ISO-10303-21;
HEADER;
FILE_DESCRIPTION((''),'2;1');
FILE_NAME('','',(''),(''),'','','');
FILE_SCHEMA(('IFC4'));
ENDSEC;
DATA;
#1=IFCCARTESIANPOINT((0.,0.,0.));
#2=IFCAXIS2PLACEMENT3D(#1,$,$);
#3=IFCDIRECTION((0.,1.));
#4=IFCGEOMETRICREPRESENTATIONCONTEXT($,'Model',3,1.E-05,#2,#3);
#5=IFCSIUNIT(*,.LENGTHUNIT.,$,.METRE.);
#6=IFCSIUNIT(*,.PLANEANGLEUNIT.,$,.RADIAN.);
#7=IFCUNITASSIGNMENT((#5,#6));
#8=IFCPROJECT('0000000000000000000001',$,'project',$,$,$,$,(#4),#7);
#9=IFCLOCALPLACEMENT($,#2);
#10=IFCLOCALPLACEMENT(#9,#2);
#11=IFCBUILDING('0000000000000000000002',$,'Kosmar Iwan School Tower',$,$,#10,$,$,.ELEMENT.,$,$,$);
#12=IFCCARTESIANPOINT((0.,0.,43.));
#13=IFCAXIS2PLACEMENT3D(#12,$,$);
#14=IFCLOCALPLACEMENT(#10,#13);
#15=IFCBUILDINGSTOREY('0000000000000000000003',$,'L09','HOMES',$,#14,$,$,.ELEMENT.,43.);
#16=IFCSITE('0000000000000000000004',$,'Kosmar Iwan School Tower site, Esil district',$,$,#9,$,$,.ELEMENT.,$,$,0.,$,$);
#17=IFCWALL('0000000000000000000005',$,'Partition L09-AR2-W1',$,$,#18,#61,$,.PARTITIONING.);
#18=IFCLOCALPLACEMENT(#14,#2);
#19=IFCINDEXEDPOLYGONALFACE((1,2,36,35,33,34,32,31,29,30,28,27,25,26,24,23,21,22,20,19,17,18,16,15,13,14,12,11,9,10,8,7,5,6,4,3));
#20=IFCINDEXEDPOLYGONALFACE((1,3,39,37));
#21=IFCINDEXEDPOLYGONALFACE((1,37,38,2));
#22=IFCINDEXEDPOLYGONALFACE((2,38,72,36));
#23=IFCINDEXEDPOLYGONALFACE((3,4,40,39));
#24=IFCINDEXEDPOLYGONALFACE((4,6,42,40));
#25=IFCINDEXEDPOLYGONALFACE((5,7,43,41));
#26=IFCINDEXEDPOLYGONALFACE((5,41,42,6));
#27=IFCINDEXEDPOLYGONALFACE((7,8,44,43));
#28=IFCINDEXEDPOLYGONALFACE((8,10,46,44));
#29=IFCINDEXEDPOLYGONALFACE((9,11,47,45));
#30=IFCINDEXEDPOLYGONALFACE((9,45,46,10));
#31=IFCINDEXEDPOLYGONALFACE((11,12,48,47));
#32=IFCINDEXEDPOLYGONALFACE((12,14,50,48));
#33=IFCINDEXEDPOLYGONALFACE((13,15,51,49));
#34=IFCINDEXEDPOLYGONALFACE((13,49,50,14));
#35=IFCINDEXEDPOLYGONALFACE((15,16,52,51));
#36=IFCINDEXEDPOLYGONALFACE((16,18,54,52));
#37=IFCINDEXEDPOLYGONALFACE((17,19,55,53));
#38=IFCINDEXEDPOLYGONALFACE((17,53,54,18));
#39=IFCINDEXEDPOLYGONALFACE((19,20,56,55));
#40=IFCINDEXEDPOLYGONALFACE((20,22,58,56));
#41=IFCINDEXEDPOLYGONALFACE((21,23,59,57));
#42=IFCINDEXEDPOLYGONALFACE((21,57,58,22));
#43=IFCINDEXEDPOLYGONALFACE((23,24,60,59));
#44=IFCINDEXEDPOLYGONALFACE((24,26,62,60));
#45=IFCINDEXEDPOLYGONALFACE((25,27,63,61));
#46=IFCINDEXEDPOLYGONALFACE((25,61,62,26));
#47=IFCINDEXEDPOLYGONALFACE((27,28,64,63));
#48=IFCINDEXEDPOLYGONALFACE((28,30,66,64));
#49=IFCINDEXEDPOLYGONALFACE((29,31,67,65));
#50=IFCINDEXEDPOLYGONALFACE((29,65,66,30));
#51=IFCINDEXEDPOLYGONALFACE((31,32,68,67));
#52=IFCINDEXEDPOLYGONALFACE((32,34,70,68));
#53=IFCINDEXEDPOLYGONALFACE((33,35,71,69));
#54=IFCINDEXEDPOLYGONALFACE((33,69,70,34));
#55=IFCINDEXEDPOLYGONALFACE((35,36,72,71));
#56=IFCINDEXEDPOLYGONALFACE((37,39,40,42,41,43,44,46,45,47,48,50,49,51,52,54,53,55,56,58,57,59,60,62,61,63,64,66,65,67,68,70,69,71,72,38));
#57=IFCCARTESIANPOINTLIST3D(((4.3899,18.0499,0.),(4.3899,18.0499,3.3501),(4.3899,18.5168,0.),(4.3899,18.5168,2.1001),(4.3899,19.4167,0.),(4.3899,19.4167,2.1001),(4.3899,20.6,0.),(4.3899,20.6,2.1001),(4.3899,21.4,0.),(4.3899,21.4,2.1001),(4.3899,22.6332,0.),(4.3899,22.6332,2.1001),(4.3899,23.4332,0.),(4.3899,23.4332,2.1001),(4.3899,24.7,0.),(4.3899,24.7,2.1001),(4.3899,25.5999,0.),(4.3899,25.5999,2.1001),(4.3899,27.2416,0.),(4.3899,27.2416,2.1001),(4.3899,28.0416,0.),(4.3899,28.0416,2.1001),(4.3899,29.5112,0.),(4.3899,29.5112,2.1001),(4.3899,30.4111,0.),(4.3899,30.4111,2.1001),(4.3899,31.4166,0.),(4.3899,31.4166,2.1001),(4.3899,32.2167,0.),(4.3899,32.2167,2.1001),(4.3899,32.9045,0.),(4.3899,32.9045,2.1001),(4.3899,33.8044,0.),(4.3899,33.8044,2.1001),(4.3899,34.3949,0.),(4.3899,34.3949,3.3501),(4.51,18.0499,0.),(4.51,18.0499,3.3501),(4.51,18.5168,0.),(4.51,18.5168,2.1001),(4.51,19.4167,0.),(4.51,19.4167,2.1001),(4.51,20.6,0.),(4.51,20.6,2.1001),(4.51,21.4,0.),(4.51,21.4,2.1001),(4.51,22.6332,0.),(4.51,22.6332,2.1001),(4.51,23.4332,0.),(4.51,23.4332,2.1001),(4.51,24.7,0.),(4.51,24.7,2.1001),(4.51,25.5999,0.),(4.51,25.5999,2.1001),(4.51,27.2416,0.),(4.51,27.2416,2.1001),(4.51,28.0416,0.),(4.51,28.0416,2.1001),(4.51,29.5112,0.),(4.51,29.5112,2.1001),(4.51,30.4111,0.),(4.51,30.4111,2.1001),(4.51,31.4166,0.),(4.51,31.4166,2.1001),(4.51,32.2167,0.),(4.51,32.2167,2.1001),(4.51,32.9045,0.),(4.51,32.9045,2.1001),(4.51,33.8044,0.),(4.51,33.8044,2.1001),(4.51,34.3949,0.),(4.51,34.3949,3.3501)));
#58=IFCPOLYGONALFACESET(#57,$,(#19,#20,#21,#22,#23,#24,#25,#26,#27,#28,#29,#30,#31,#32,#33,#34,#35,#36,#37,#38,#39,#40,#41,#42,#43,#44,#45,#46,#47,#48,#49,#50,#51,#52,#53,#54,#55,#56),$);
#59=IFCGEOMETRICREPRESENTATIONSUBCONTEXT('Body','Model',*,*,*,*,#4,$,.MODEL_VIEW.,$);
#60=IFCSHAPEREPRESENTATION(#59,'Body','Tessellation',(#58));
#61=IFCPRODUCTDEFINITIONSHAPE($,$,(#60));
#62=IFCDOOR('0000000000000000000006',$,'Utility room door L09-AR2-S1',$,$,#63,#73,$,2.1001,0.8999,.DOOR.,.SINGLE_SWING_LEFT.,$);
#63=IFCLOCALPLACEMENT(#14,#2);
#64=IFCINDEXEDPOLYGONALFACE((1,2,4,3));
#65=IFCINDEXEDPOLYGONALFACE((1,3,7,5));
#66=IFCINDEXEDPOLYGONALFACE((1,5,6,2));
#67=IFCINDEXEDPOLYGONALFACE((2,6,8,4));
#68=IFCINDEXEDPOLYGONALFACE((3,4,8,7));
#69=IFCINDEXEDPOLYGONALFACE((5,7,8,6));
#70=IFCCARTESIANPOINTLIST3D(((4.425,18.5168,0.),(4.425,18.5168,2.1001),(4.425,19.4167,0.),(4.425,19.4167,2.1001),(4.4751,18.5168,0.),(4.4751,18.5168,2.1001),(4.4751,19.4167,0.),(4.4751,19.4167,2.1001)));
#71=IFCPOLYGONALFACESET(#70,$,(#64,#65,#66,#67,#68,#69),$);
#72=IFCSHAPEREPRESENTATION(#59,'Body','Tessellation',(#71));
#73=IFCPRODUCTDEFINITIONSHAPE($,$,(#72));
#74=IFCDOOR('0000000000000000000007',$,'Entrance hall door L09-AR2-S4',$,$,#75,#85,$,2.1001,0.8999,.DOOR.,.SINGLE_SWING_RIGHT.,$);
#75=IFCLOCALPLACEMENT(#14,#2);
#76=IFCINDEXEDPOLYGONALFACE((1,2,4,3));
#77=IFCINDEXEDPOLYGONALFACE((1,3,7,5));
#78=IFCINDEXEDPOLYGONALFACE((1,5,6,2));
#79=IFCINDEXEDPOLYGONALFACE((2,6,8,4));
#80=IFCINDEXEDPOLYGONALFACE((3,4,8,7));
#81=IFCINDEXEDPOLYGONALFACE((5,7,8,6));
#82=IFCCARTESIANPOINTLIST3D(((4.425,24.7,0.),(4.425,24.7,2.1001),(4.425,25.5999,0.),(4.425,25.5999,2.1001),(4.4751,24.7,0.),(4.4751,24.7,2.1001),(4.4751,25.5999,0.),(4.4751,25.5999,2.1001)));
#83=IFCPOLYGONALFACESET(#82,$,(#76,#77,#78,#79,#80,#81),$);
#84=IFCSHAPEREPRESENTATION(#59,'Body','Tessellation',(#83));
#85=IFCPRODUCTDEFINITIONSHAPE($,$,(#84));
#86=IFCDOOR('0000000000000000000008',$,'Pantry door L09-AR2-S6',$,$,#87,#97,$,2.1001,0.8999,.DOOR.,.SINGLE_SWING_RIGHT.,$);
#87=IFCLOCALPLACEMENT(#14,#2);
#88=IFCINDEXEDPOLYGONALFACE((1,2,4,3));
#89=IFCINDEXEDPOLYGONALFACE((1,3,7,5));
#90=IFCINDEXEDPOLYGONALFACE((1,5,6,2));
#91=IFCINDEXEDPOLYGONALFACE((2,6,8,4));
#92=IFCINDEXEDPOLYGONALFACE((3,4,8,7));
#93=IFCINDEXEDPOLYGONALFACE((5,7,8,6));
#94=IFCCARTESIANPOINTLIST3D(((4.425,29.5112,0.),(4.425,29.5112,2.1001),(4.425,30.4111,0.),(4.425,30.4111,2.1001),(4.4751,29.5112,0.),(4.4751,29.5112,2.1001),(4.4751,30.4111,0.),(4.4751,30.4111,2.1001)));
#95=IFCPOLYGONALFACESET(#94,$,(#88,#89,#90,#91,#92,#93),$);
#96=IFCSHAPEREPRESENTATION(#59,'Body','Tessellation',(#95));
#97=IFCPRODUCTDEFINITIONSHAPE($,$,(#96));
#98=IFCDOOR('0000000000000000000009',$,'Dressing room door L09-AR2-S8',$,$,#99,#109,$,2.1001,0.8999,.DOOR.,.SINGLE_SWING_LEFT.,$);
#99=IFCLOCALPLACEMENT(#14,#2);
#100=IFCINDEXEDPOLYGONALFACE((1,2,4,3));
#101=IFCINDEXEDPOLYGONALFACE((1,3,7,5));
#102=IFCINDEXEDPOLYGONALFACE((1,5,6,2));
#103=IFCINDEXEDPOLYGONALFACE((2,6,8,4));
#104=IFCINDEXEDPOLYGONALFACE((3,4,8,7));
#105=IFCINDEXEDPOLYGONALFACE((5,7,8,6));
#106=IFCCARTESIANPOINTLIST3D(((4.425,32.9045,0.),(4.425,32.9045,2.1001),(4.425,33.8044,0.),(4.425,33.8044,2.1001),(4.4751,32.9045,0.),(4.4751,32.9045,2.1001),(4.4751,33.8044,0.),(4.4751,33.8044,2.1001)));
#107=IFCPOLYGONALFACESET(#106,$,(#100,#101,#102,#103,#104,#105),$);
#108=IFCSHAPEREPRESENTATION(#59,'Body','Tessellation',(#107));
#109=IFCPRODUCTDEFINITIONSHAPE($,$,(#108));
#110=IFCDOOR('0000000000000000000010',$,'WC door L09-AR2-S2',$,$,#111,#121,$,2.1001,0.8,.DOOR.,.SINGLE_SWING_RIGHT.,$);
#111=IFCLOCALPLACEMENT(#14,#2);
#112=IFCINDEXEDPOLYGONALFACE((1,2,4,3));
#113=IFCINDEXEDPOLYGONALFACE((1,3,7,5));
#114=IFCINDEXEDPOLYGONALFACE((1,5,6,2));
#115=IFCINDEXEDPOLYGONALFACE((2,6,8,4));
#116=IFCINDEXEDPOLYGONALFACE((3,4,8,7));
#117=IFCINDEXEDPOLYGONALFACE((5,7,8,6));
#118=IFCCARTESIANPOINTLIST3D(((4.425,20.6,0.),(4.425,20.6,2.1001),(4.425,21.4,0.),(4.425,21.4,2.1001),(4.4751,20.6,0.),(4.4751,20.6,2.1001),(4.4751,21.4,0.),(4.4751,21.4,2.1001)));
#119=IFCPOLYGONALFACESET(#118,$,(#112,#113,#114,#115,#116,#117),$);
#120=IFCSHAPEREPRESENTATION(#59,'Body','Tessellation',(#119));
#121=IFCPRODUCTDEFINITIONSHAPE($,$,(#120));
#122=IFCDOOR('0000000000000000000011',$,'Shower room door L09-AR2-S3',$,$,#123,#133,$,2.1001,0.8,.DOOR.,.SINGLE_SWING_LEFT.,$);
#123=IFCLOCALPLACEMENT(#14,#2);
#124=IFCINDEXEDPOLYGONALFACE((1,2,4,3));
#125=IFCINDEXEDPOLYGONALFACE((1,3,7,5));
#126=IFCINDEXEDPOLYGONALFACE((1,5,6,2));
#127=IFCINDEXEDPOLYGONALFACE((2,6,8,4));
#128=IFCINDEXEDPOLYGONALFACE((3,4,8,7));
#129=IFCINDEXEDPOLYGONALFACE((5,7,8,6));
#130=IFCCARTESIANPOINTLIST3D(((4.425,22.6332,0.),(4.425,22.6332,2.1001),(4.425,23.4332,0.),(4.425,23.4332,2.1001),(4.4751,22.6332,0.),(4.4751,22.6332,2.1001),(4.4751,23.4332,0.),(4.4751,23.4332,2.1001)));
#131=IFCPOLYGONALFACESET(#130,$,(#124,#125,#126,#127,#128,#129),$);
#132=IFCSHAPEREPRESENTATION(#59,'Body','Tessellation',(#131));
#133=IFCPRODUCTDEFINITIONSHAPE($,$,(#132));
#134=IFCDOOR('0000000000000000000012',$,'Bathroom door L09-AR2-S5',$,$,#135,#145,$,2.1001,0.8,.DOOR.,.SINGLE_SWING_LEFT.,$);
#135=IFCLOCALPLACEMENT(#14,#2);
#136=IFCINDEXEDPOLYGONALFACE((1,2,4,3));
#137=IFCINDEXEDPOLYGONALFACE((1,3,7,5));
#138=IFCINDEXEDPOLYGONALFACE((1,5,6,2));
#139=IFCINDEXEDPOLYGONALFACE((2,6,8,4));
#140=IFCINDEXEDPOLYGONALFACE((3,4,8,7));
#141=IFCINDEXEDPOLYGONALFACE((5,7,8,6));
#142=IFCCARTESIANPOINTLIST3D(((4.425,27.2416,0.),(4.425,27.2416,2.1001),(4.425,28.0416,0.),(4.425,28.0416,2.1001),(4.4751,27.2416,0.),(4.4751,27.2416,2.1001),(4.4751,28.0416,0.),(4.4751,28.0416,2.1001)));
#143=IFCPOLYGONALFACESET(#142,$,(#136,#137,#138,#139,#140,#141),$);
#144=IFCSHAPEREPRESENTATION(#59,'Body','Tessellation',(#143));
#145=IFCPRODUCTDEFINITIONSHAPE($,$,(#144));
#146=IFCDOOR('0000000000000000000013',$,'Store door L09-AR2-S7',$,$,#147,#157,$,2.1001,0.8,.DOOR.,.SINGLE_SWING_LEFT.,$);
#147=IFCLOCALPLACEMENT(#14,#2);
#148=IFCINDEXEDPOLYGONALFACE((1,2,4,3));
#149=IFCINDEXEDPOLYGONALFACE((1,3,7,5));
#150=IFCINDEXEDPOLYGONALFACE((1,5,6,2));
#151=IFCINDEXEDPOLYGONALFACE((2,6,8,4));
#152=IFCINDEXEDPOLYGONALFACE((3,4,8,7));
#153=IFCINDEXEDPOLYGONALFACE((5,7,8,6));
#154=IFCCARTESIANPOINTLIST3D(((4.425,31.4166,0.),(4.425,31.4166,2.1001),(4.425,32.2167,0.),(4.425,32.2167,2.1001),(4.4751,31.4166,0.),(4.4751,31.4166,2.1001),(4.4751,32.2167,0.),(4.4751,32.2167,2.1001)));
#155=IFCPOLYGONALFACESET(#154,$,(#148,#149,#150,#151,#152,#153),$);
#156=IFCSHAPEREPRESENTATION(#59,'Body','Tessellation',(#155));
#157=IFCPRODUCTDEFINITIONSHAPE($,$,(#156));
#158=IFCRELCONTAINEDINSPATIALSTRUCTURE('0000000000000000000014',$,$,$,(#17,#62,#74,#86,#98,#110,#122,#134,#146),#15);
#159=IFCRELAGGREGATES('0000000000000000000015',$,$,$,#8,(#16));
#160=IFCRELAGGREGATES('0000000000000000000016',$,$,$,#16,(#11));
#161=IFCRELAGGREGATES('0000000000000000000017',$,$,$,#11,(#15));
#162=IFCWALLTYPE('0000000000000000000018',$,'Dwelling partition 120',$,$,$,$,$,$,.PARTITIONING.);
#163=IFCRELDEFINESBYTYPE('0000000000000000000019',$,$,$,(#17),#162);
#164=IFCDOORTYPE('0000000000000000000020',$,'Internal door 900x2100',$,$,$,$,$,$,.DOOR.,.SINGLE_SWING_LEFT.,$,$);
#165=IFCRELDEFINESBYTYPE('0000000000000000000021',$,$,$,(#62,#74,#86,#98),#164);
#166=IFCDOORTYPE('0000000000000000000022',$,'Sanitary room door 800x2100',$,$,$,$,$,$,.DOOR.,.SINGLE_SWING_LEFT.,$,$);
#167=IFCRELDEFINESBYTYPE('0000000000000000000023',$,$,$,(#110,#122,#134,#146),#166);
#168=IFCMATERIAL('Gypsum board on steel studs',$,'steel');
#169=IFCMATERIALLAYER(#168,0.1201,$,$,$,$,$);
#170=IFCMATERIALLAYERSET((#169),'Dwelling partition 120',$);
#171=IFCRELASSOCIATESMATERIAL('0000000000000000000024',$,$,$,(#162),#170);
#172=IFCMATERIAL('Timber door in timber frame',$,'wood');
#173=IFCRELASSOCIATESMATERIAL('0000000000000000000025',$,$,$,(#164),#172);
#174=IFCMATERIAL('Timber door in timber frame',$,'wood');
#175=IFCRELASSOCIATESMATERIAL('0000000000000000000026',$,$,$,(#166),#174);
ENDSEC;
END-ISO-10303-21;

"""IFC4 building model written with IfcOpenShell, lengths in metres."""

from ifc_helpers import new_model, si_unit, direction, frame, frame_2d, origin, place, context, subcontext, project, spatial, rectangle, extrude, material, layer, layer_set, type_object, element, fill, save


model = new_model("IFC4")

# Units and contexts
model_context = context("Model", 3, precision=1e-05, world=origin(), true_north=direction((0.0, 1.0)))
body_context = subcontext(model_context, "Body", "Model", "MODEL_VIEW")
ifc_project = project(units=[si_unit("LENGTHUNIT", "METRE"), si_unit("PLANEANGLEUNIT", "RADIAN")], contexts=[model_context])

# Site, building, storey
site_placement = place(None, origin())
site = spatial("IfcSite", under=ifc_project, at=site_placement, Name="Kosmar Iwan School Tower site, Esil district", CompositionType="ELEMENT", RefElevation=0.0)
building_placement = place(site_placement, origin())
building = spatial("IfcBuilding", under=site, at=building_placement, Name="Kosmar Iwan School Tower", CompositionType="ELEMENT")
storey_placement = place(building_placement, frame((0.0, 0.0, 43.0)))
storey = spatial("IfcBuildingStorey", under=building, at=storey_placement, Name="L09", Description="HOMES", CompositionType="ELEMENT", Elevation=43.0)

# Shared definitions
ifc_material_1 = material(Name="Gypsum board on steel studs", Category="steel")
ifc_layer_1 = layer(ifc_material_1, 0.1201)
ifc_layer_set_1 = layer_set([ifc_layer_1], Name="Dwelling partition 120")
wall_type_1 = type_object("IfcWallType", Name="Dwelling partition 120", PredefinedType="PARTITIONING", material=ifc_layer_set_1)

# Wall, openings, doors
wall_1_placement = place(storey_placement, frame((4.45, 18.05, 0.0), z_axis=(0.0, 0.0, 1.0), x_axis=(0.0, 1.0, 0.0)))
wall_1 = element("IfcWall", 1, at=wall_1_placement, inside=storey, type_object=wall_type_1, Name="Partition L09-AR2-W1", PredefinedType="PARTITIONING", context=body_context, shape_type="SweptSolid", body=[
    extrude(rectangle(XDim=16.345, YDim=0.1201, at=frame_2d((8.1724, 0.0))), origin(), (0.0, 0.0, 1.0), 3.3501),
])
opening_1_placement = place(wall_1_placement, frame((0.4668, 0.0, 0.0)))
opening_1 = element("IfcOpeningElement", 2, at=opening_1_placement, cuts=wall_1, PredefinedType="OPENING", context=body_context, shape_type="SweptSolid", body=[
    extrude(rectangle(XDim=0.8999, YDim=2.1001, at=frame_2d((0.45, 1.05))), frame((0.0, 0.072, 0.0), z_axis=(0.0, -1.0, 0.0), x_axis=(1.0, 0.0, 0.0)), (0.0, 0.0, 1.0), 0.144),
])
opening_2_placement = place(wall_1_placement, frame((2.55, 0.0, 0.0)))
opening_2 = element("IfcOpeningElement", 3, at=opening_2_placement, cuts=wall_1, PredefinedType="OPENING", context=body_context, shape_type="SweptSolid", body=[
    extrude(rectangle(XDim=0.8, YDim=2.1001, at=frame_2d((0.3999, 1.05))), frame((0.0, 0.072, 0.0), z_axis=(0.0, -1.0, 0.0), x_axis=(1.0, 0.0, 0.0)), (0.0, 0.0, 1.0), 0.144),
])
opening_3_placement = place(wall_1_placement, frame((4.5833, 0.0, 0.0)))
opening_3 = element("IfcOpeningElement", 4, at=opening_3_placement, cuts=wall_1, PredefinedType="OPENING", context=body_context, shape_type="SweptSolid", body=[
    extrude(rectangle(XDim=0.8, YDim=2.1001, at=frame_2d((0.3999, 1.05))), frame((0.0, 0.072, 0.0), z_axis=(0.0, -1.0, 0.0), x_axis=(1.0, 0.0, 0.0)), (0.0, 0.0, 1.0), 0.144),
])
opening_4_placement = place(wall_1_placement, frame((6.6499, 0.0, 0.0)))
opening_4 = element("IfcOpeningElement", 5, at=opening_4_placement, cuts=wall_1, PredefinedType="OPENING", context=body_context, shape_type="SweptSolid", body=[
    extrude(rectangle(XDim=0.8999, YDim=2.1001, at=frame_2d((0.45, 1.05))), frame((0.0, 0.072, 0.0), z_axis=(0.0, -1.0, 0.0), x_axis=(1.0, 0.0, 0.0)), (0.0, 0.0, 1.0), 0.144),
])
opening_5_placement = place(wall_1_placement, frame((9.1917, 0.0, 0.0)))
opening_5 = element("IfcOpeningElement", 6, at=opening_5_placement, cuts=wall_1, PredefinedType="OPENING", context=body_context, shape_type="SweptSolid", body=[
    extrude(rectangle(XDim=0.8, YDim=2.1001, at=frame_2d((0.3999, 1.05))), frame((0.0, 0.072, 0.0), z_axis=(0.0, -1.0, 0.0), x_axis=(1.0, 0.0, 0.0)), (0.0, 0.0, 1.0), 0.144),
])
opening_6_placement = place(wall_1_placement, frame((11.4612, 0.0, 0.0)))
opening_6 = element("IfcOpeningElement", 7, at=opening_6_placement, cuts=wall_1, PredefinedType="OPENING", context=body_context, shape_type="SweptSolid", body=[
    extrude(rectangle(XDim=0.8999, YDim=2.1001, at=frame_2d((0.45, 1.05))), frame((0.0, 0.072, 0.0), z_axis=(0.0, -1.0, 0.0), x_axis=(1.0, 0.0, 0.0)), (0.0, 0.0, 1.0), 0.144),
])
opening_7_placement = place(wall_1_placement, frame((13.3667, 0.0, 0.0)))
opening_7 = element("IfcOpeningElement", 8, at=opening_7_placement, cuts=wall_1, PredefinedType="OPENING", context=body_context, shape_type="SweptSolid", body=[
    extrude(rectangle(XDim=0.8, YDim=2.1001, at=frame_2d((0.3999, 1.05))), frame((0.0, 0.072, 0.0), z_axis=(0.0, -1.0, 0.0), x_axis=(1.0, 0.0, 0.0)), (0.0, 0.0, 1.0), 0.144),
])
opening_8_placement = place(wall_1_placement, frame((14.8545, 0.0, 0.0)))
opening_8 = element("IfcOpeningElement", 9, at=opening_8_placement, cuts=wall_1, PredefinedType="OPENING", context=body_context, shape_type="SweptSolid", body=[
    extrude(rectangle(XDim=0.8999, YDim=2.1001, at=frame_2d((0.45, 1.05))), frame((0.0, 0.072, 0.0), z_axis=(0.0, -1.0, 0.0), x_axis=(1.0, 0.0, 0.0)), (0.0, 0.0, 1.0), 0.144),
])
ifc_material_2 = material(Name="Timber door in timber frame", Category="wood")
door_type_1 = type_object("IfcDoorType", Name="Internal door 900x2100", OperationType="SINGLE_SWING_LEFT", PredefinedType="DOOR", material=ifc_material_2)
door_1_placement = place(opening_1_placement, origin())
door_1 = element("IfcDoor", 10, at=door_1_placement, inside=storey, type_object=door_type_1, Name="Utility room door L09-AR2-S1", OperationType="SINGLE_SWING_LEFT", OverallHeight=2.1001, OverallWidth=0.8999, PredefinedType="DOOR", context=body_context, shape_type="SweptSolid", body=[
    extrude(rectangle(XDim=0.8999, YDim=2.1001, at=frame_2d((0.45, 1.05))), frame((0.0, 0.0249, 0.0), z_axis=(0.0, -1.0, 0.0), x_axis=(1.0, 0.0, 0.0)), (0.0, 0.0, 1.0), 0.05),
])
fill(opening_1, door_1)
door_2_placement = place(opening_4_placement, origin())
door_2 = element("IfcDoor", 11, at=door_2_placement, inside=storey, type_object=door_type_1, Name="Entrance hall door L09-AR2-S4", OperationType="SINGLE_SWING_RIGHT", OverallHeight=2.1001, OverallWidth=0.8999, PredefinedType="DOOR", context=body_context, shape_type="SweptSolid", body=[
    extrude(rectangle(XDim=0.8999, YDim=2.1001, at=frame_2d((0.45, 1.05))), frame((0.0, 0.0249, 0.0), z_axis=(0.0, -1.0, 0.0), x_axis=(1.0, 0.0, 0.0)), (0.0, 0.0, 1.0), 0.05),
])
fill(opening_4, door_2)
door_3_placement = place(opening_6_placement, origin())
door_3 = element("IfcDoor", 12, at=door_3_placement, inside=storey, type_object=door_type_1, Name="Pantry door L09-AR2-S6", OperationType="SINGLE_SWING_RIGHT", OverallHeight=2.1001, OverallWidth=0.8999, PredefinedType="DOOR", context=body_context, shape_type="SweptSolid", body=[
    extrude(rectangle(XDim=0.8999, YDim=2.1001, at=frame_2d((0.45, 1.05))), frame((0.0, 0.0249, 0.0), z_axis=(0.0, -1.0, 0.0), x_axis=(1.0, 0.0, 0.0)), (0.0, 0.0, 1.0), 0.05),
])
fill(opening_6, door_3)
door_4_placement = place(opening_8_placement, origin())
door_4 = element("IfcDoor", 13, at=door_4_placement, inside=storey, type_object=door_type_1, Name="Dressing room door L09-AR2-S8", OperationType="SINGLE_SWING_LEFT", OverallHeight=2.1001, OverallWidth=0.8999, PredefinedType="DOOR", context=body_context, shape_type="SweptSolid", body=[
    extrude(rectangle(XDim=0.8999, YDim=2.1001, at=frame_2d((0.45, 1.05))), frame((0.0, 0.0249, 0.0), z_axis=(0.0, -1.0, 0.0), x_axis=(1.0, 0.0, 0.0)), (0.0, 0.0, 1.0), 0.05),
])
fill(opening_8, door_4)
ifc_material_3 = material(Name="Timber door in timber frame", Category="wood")
door_type_2 = type_object("IfcDoorType", Name="Sanitary room door 800x2100", OperationType="SINGLE_SWING_LEFT", PredefinedType="DOOR", material=ifc_material_3)
door_5_placement = place(opening_2_placement, origin())
door_5 = element("IfcDoor", 14, at=door_5_placement, inside=storey, type_object=door_type_2, Name="WC door L09-AR2-S2", OperationType="SINGLE_SWING_RIGHT", OverallHeight=2.1001, OverallWidth=0.8, PredefinedType="DOOR", context=body_context, shape_type="SweptSolid", body=[
    extrude(rectangle(XDim=0.8, YDim=2.1001, at=frame_2d((0.3999, 1.05))), frame((0.0, 0.0249, 0.0), z_axis=(0.0, -1.0, 0.0), x_axis=(1.0, 0.0, 0.0)), (0.0, 0.0, 1.0), 0.05),
])
fill(opening_2, door_5)
door_6_placement = place(opening_3_placement, origin())
door_6 = element("IfcDoor", 15, at=door_6_placement, inside=storey, type_object=door_type_2, Name="Shower room door L09-AR2-S3", OperationType="SINGLE_SWING_LEFT", OverallHeight=2.1001, OverallWidth=0.8, PredefinedType="DOOR", context=body_context, shape_type="SweptSolid", body=[
    extrude(rectangle(XDim=0.8, YDim=2.1001, at=frame_2d((0.3999, 1.05))), frame((0.0, 0.0249, 0.0), z_axis=(0.0, -1.0, 0.0), x_axis=(1.0, 0.0, 0.0)), (0.0, 0.0, 1.0), 0.05),
])
fill(opening_3, door_6)
door_7_placement = place(opening_5_placement, origin())
door_7 = element("IfcDoor", 16, at=door_7_placement, inside=storey, type_object=door_type_2, Name="Bathroom door L09-AR2-S5", OperationType="SINGLE_SWING_LEFT", OverallHeight=2.1001, OverallWidth=0.8, PredefinedType="DOOR", context=body_context, shape_type="SweptSolid", body=[
    extrude(rectangle(XDim=0.8, YDim=2.1001, at=frame_2d((0.3999, 1.05))), frame((0.0, 0.0249, 0.0), z_axis=(0.0, -1.0, 0.0), x_axis=(1.0, 0.0, 0.0)), (0.0, 0.0, 1.0), 0.05),
])
fill(opening_5, door_7)
door_8_placement = place(opening_7_placement, origin())
door_8 = element("IfcDoor", 17, at=door_8_placement, inside=storey, type_object=door_type_2, Name="Store door L09-AR2-S7", OperationType="SINGLE_SWING_LEFT", OverallHeight=2.1001, OverallWidth=0.8, PredefinedType="DOOR", context=body_context, shape_type="SweptSolid", body=[
    extrude(rectangle(XDim=0.8, YDim=2.1001, at=frame_2d((0.3999, 1.05))), frame((0.0, 0.0249, 0.0), z_axis=(0.0, -1.0, 0.0), x_axis=(1.0, 0.0, 0.0)), (0.0, 0.0, 1.0), 0.05),
])
fill(opening_7, door_8)

save(model, "model.ifc")
